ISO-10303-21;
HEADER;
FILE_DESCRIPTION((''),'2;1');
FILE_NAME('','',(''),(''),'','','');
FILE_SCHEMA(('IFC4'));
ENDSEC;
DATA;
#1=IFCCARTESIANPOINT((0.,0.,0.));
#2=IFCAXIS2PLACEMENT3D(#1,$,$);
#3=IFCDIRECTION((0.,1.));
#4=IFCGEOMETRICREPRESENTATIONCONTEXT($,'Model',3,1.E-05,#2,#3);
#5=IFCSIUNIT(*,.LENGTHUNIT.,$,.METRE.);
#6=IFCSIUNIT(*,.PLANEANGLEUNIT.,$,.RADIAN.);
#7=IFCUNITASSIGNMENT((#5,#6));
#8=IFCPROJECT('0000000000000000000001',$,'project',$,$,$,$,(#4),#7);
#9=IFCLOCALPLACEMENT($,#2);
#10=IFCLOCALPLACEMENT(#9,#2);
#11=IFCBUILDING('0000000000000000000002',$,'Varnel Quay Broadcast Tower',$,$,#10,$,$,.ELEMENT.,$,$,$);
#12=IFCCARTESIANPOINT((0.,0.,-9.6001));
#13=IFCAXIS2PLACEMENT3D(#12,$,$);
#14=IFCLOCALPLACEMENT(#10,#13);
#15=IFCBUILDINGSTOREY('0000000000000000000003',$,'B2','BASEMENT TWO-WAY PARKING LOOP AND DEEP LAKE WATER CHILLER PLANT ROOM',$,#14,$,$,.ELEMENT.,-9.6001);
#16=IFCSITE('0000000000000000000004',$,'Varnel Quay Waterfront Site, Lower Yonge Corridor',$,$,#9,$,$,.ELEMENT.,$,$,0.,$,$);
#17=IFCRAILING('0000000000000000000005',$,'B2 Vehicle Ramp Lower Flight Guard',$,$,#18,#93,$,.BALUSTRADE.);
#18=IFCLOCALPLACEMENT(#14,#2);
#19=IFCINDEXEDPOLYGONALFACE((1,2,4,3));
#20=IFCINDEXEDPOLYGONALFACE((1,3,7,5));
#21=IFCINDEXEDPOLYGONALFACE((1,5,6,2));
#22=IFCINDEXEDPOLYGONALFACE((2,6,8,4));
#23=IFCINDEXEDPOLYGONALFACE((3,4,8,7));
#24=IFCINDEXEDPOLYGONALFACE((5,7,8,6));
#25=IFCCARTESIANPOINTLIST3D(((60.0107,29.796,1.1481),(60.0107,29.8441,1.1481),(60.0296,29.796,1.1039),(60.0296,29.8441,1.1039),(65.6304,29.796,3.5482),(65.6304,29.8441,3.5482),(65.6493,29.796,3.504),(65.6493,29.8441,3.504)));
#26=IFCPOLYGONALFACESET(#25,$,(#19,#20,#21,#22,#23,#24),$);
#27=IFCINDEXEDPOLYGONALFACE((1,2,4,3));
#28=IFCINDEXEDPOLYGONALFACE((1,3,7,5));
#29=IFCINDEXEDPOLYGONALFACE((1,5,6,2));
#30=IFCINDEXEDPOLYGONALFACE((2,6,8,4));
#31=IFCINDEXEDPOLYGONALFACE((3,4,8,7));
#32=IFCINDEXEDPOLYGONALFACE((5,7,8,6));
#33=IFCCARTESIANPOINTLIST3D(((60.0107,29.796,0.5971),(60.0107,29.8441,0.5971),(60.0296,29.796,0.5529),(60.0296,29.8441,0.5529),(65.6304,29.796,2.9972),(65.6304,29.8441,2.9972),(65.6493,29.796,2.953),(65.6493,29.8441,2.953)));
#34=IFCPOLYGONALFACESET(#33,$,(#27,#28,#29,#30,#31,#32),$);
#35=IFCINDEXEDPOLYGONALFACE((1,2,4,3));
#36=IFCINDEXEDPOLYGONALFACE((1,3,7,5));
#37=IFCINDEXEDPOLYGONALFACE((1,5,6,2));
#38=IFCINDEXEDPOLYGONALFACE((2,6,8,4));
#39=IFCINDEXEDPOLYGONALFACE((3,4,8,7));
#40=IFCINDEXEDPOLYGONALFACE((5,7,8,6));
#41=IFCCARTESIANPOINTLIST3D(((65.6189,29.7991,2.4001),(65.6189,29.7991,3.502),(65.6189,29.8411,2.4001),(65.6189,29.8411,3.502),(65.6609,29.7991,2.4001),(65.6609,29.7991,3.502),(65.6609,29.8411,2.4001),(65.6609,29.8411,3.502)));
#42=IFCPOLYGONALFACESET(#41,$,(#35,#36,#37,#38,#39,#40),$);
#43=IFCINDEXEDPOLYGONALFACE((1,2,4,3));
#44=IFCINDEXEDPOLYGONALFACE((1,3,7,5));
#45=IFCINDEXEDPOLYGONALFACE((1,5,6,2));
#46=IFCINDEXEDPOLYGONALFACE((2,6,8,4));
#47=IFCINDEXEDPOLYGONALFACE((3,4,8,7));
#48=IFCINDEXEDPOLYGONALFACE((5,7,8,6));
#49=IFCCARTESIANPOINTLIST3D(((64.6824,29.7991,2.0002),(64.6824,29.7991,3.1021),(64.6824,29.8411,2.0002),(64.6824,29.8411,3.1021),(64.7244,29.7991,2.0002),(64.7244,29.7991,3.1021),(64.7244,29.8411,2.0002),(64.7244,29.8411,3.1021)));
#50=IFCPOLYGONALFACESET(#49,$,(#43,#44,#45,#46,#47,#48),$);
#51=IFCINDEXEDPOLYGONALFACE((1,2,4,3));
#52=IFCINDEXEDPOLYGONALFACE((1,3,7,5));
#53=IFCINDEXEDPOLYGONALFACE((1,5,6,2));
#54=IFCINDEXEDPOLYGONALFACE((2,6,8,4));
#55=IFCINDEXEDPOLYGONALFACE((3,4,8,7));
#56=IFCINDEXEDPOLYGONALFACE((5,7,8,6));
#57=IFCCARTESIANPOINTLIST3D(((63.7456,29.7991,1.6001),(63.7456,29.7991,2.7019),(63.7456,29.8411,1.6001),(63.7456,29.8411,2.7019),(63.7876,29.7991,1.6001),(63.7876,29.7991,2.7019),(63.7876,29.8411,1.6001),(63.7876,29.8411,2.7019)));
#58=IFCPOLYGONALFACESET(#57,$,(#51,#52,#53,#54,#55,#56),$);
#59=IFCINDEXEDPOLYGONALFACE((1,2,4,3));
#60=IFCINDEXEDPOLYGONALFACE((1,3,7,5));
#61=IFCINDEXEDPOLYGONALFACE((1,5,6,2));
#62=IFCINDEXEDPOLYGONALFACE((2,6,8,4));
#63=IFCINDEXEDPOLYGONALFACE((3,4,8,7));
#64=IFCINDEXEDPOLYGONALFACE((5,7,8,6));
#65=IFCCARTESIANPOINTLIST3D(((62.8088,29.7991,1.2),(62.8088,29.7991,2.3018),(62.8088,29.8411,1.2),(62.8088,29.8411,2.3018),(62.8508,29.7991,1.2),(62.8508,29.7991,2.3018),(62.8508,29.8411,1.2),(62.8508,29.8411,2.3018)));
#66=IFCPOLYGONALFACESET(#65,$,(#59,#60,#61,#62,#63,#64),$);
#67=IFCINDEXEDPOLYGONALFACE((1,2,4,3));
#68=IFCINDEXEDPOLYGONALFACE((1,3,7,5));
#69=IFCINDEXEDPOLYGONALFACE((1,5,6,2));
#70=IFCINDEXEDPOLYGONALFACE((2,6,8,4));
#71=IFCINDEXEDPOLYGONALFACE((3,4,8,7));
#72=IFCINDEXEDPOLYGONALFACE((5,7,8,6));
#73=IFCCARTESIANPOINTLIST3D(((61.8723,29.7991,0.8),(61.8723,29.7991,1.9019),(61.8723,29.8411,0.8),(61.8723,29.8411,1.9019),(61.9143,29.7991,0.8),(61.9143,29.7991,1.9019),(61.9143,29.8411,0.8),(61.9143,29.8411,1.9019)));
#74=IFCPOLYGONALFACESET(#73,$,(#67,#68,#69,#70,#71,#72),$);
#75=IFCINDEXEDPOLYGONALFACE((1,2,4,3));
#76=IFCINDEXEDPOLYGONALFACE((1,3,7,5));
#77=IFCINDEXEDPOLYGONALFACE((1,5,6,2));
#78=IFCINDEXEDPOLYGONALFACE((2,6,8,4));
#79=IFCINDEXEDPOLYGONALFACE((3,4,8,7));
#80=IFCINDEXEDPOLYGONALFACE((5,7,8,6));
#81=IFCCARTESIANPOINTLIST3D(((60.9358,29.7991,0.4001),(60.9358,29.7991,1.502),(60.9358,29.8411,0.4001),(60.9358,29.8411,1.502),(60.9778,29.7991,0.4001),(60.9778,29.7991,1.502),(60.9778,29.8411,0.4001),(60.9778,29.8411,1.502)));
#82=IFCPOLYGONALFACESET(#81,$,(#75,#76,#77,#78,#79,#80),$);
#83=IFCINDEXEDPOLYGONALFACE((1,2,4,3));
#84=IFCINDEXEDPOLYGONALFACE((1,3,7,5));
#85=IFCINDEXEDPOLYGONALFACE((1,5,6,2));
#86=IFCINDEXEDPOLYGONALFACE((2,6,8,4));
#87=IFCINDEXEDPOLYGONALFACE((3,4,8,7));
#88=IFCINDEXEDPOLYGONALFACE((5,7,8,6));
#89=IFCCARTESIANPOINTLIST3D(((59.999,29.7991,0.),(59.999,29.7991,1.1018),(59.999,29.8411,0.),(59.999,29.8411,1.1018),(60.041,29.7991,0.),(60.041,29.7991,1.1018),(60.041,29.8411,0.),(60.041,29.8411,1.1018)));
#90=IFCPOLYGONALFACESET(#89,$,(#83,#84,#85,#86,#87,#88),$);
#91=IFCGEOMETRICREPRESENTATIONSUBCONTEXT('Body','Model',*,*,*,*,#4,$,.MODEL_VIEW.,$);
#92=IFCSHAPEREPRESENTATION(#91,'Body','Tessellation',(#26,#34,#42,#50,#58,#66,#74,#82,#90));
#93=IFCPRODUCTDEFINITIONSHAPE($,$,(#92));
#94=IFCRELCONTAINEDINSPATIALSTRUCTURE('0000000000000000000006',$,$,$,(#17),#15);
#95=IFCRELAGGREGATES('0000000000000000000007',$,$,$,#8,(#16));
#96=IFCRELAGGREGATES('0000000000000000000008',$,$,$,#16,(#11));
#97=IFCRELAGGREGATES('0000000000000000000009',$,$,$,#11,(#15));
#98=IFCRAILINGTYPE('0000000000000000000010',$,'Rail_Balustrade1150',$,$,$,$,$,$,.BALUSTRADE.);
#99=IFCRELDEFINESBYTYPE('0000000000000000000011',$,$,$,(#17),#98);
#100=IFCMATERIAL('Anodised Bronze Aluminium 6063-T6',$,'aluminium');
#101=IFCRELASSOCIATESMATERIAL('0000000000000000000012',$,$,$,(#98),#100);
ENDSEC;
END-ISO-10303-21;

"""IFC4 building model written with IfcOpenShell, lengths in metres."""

from ifc_helpers import new_model, si_unit, direction, frame, origin, origin_2d, place, context, subcontext, project, spatial, rectangle, extrude, material, type_object, element, save


model = new_model("IFC4")

# Units and contexts
model_context = context("Model", 3, precision=1e-05, world=origin(), true_north=direction((0.0, 1.0)))
body_context = subcontext(model_context, "Body", "Model", "MODEL_VIEW")
ifc_project = project(units=[si_unit("LENGTHUNIT", "METRE"), si_unit("PLANEANGLEUNIT", "RADIAN")], contexts=[model_context])

# Site, building, storey
site_placement = place(None, origin())
site = spatial("IfcSite", under=ifc_project, at=site_placement, Name="Varnel Quay Waterfront Site, Lower Yonge Corridor", CompositionType="ELEMENT", RefElevation=0.0)
building_placement = place(site_placement, origin())
building = spatial("IfcBuilding", under=site, at=building_placement, Name="Varnel Quay Broadcast Tower", CompositionType="ELEMENT")
storey_placement = place(building_placement, frame((0.0, 0.0, -9.6001)))
storey = spatial("IfcBuildingStorey", under=building, at=storey_placement, Name="B2", Description="BASEMENT TWO-WAY PARKING LOOP AND DEEP LAKE WATER CHILLER PLANT ROOM", CompositionType="ELEMENT", Elevation=-9.6001)

# Railing
ifc_material_1 = material(Name="Anodised Bronze Aluminium 6063-T6", Category="aluminium")
railing_type = type_object("IfcRailingType", Name="Rail_Balustrade1150", PredefinedType="BALUSTRADE", material=ifc_material_1)
railing_placement = place(storey_placement, frame((65.6399, 29.8201, 2.4001)))
element("IfcRailing", 1, at=railing_placement, inside=storey, type_object=railing_type, Name="B2 Vehicle Ramp Lower Flight Guard", PredefinedType="BALUSTRADE", context=body_context, shape_type="SweptSolid", body=[
    extrude(rectangle(XDim=0.0481, YDim=0.0481, at=origin_2d()), frame((0.0, 0.0, 1.126), z_axis=(-0.91964, 0.0, -0.392762), x_axis=(0.0, -1.0, 0.0)), (0.0, 0.0, 1.0), 6.1108),
    extrude(rectangle(XDim=0.0481, YDim=0.0481, at=origin_2d()), frame((0.0, 0.0, 0.575), z_axis=(-0.91964, 0.0, -0.392762), x_axis=(0.0, -1.0, 0.0)), (0.0, 0.0, 1.0), 6.1108),
    extrude(rectangle(XDim=0.042, YDim=0.042, at=origin_2d()), origin(), (0.0, 0.0, 1.0), 1.1018),
    extrude(rectangle(XDim=0.042, YDim=0.042, at=origin_2d()), frame((-0.9365, 0.0, -0.3999)), (0.0, 0.0, 1.0), 1.1018),
    extrude(rectangle(XDim=0.042, YDim=0.042, at=origin_2d()), frame((-1.8733, 0.0, -0.8)), (0.0, 0.0, 1.0), 1.1018),
    extrude(rectangle(XDim=0.042, YDim=0.042, at=origin_2d()), frame((-2.8101, 0.0, -1.2002)), (0.0, 0.0, 1.0), 1.1018),
    extrude(rectangle(XDim=0.042, YDim=0.042, at=origin_2d()), frame((-3.7466, 0.0, -1.6001)), (0.0, 0.0, 1.0), 1.1018),
    extrude(rectangle(XDim=0.042, YDim=0.042, at=origin_2d()), frame((-4.6831, 0.0, -2.0)), (0.0, 0.0, 1.0), 1.1018),
    extrude(rectangle(XDim=0.042, YDim=0.042, at=origin_2d()), frame((-5.6199, 0.0, -2.4001)), (0.0, 0.0, 1.0), 1.1018),
])

save(model, "model.ifc")
